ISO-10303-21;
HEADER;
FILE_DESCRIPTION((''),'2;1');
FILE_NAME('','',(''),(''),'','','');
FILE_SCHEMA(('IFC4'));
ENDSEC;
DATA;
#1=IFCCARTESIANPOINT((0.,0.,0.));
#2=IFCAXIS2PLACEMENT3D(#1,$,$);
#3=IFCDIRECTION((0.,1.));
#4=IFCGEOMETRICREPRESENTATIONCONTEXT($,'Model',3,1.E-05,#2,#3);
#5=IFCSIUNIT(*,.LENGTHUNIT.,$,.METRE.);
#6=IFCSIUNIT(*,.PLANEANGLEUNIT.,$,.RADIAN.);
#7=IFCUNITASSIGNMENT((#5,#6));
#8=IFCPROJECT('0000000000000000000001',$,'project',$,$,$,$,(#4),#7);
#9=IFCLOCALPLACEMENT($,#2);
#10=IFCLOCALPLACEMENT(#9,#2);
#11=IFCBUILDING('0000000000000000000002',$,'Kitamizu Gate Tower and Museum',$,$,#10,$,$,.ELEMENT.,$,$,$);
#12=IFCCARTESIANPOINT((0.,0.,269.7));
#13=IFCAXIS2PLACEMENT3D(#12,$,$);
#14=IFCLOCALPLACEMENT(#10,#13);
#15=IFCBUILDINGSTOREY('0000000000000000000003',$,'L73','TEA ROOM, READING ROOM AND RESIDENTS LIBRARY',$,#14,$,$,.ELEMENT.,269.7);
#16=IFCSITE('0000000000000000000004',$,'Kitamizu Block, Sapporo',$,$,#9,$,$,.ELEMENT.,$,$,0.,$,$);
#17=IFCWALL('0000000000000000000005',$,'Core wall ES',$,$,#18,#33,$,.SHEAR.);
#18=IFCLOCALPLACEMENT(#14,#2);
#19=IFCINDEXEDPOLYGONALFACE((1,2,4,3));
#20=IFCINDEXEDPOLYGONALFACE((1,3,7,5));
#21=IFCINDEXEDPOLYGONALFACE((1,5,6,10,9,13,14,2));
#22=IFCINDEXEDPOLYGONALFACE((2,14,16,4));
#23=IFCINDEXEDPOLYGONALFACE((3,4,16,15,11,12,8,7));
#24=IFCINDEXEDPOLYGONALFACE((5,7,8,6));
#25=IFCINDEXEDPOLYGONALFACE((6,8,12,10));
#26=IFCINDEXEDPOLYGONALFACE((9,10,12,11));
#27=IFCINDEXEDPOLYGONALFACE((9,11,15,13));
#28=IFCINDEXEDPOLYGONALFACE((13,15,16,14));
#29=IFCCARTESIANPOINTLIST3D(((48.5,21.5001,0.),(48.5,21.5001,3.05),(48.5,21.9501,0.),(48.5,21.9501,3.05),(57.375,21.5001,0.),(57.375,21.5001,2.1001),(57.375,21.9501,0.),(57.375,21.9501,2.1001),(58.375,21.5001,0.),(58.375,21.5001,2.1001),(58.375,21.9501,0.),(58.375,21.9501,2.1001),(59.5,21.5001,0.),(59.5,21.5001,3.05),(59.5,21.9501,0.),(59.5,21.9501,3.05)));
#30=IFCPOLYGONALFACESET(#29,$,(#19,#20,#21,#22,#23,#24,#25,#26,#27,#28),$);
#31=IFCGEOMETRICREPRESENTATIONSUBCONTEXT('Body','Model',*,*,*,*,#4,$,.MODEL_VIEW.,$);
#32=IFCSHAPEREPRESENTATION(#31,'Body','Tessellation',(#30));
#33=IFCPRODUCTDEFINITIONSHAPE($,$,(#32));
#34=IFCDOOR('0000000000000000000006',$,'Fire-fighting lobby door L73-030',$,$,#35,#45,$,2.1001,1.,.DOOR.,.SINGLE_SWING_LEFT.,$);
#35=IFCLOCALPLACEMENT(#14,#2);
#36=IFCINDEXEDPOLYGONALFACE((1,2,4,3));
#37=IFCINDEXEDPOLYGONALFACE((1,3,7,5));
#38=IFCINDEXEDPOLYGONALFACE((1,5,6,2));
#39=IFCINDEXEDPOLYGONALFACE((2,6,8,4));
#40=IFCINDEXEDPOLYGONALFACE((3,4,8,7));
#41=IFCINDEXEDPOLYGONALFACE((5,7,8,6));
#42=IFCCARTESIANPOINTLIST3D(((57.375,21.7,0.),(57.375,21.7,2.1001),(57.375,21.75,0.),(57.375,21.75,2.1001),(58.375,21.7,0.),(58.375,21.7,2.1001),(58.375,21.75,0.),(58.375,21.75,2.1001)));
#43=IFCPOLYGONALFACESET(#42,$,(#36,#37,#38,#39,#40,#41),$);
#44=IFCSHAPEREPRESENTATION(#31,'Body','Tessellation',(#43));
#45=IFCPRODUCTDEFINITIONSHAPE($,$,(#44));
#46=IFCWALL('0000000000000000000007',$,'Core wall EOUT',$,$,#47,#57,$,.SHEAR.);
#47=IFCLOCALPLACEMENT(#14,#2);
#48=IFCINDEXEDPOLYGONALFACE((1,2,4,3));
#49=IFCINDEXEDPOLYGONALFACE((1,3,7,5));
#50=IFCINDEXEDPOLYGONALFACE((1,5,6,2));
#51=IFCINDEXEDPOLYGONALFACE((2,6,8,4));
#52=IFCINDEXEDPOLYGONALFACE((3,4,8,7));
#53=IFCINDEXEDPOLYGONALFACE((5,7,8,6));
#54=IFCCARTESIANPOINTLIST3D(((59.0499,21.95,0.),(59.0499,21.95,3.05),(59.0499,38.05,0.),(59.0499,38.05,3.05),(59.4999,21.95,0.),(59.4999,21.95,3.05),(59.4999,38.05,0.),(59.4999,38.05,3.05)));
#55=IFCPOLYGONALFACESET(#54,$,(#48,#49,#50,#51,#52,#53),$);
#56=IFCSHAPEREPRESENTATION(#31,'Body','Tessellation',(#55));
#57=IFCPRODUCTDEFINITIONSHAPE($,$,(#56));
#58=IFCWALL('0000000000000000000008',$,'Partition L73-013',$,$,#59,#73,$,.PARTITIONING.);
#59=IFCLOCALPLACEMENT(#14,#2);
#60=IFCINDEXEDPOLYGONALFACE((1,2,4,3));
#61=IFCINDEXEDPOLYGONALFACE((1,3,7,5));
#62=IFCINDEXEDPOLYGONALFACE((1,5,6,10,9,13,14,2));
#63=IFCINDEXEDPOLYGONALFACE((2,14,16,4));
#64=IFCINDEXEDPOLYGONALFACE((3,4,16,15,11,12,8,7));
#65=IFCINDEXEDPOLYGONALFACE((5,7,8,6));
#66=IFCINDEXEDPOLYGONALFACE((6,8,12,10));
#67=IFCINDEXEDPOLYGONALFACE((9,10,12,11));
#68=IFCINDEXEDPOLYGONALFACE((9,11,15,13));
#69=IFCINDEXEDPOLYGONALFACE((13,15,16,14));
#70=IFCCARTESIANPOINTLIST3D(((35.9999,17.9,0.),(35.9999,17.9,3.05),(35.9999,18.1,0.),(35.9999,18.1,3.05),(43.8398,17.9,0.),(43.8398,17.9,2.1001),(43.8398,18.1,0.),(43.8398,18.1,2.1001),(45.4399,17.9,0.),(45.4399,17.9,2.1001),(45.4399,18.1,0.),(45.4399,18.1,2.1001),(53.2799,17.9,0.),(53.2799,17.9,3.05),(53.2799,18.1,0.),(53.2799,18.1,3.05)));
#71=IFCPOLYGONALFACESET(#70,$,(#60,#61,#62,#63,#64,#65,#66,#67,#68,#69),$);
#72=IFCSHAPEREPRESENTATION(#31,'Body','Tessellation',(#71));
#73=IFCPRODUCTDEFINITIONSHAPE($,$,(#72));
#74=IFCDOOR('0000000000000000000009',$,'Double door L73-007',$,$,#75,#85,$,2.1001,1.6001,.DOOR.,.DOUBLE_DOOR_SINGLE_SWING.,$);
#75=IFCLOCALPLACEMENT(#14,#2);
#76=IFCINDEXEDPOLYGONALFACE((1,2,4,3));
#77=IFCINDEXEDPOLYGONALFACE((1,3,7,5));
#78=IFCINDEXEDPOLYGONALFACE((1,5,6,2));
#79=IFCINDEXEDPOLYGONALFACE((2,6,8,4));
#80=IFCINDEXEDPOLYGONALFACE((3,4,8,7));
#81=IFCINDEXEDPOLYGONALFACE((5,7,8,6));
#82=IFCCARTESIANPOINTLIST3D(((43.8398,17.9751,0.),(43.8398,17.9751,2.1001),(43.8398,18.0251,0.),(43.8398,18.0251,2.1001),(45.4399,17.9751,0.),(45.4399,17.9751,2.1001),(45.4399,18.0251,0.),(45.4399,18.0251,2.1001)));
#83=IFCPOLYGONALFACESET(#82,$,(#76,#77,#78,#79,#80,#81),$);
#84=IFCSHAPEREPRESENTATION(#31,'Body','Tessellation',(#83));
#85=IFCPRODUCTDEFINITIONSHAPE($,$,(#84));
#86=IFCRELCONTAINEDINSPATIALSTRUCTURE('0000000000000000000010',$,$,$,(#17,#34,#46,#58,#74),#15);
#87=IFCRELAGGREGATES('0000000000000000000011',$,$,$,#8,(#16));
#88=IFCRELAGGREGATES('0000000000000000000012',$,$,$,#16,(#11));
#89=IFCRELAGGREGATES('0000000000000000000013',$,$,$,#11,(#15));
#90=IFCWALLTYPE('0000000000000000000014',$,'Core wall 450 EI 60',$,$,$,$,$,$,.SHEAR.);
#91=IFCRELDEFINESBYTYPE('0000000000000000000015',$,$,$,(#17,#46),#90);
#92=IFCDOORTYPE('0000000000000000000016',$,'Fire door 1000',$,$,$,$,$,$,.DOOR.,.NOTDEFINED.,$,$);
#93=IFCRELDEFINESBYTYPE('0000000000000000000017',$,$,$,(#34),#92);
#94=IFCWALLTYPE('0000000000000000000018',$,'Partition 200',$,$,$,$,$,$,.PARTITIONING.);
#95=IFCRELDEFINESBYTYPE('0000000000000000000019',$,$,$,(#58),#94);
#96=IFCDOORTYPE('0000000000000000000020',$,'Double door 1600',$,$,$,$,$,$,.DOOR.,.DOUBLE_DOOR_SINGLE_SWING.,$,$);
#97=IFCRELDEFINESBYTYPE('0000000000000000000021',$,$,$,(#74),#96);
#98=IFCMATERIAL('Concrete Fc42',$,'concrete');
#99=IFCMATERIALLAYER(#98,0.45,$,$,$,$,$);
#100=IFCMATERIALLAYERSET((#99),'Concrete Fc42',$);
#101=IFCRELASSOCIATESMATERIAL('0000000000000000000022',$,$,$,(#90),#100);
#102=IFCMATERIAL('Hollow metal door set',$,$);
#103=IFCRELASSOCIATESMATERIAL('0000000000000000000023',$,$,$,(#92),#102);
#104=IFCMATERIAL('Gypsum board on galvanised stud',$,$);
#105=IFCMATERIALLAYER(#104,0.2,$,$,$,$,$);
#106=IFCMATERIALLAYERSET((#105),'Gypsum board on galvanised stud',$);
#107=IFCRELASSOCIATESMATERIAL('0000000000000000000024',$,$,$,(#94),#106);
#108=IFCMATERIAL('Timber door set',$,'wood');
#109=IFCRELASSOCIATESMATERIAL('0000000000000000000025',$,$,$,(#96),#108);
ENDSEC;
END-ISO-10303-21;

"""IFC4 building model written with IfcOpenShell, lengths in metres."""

from ifc_helpers import new_model, si_unit, direction, frame, frame_2d, origin, place, context, subcontext, project, spatial, rectangle, extrude, material, layer, layer_set, type_object, element, fill, save


model = new_model("IFC4")

# Units and contexts
model_context = context("Model", 3, precision=1e-05, world=origin(), true_north=direction((0.0, 1.0)))
body_context = subcontext(model_context, "Body", "Model", "MODEL_VIEW")
ifc_project = project(units=[si_unit("LENGTHUNIT", "METRE"), si_unit("PLANEANGLEUNIT", "RADIAN")], contexts=[model_context])

# Site, building, storey
site_placement = place(None, origin())
site = spatial("IfcSite", under=ifc_project, at=site_placement, Name="Kitamizu Block, Sapporo", CompositionType="ELEMENT", RefElevation=0.0)
building_placement = place(site_placement, origin())
building = spatial("IfcBuilding", under=site, at=building_placement, Name="Kitamizu Gate Tower and Museum", CompositionType="ELEMENT")
storey_placement = place(building_placement, frame((0.0, 0.0, 269.7)))
storey = spatial("IfcBuildingStorey", under=building, at=storey_placement, Name="L73", Description="TEA ROOM, READING ROOM AND RESIDENTS LIBRARY", CompositionType="ELEMENT", Elevation=269.7)

# Wall, opening, door
ifc_material_1 = material(Name="Concrete Fc42", Category="concrete")
ifc_layer_1 = layer(ifc_material_1, 0.45)
ifc_layer_set_1 = layer_set([ifc_layer_1], Name="Concrete Fc42")
wall_type_1 = type_object("IfcWallType", Name="Core wall 450 EI 60", PredefinedType="SHEAR", material=ifc_layer_set_1)
wall_1_placement = place(storey_placement, frame((59.5, 21.7251, 0.0), z_axis=(0.0, 0.0, 1.0), x_axis=(-1.0, 0.0, 0.0)))
wall_1 = element("IfcWall", 1, at=wall_1_placement, inside=storey, type_object=wall_type_1, Name="Core wall ES", PredefinedType="SHEAR", context=body_context, shape_type="SweptSolid", body=[
    extrude(rectangle(XDim=11.0, YDim=0.45, at=frame_2d((5.5, 0.0))), origin(), (0.0, 0.0, 1.0), 3.05),
])
opening_1_placement = place(wall_1_placement, frame((1.125, 0.0, 0.0)))
opening_1 = element("IfcOpeningElement", 2, at=opening_1_placement, cuts=wall_1, PredefinedType="OPENING", context=body_context, shape_type="SweptSolid", body=[
    extrude(rectangle(XDim=1.0, YDim=2.1001, at=frame_2d((0.5, 1.05))), frame((0.0, 0.2349, 0.0), z_axis=(0.0, -1.0, 0.0), x_axis=(1.0, 0.0, 0.0)), (0.0, 0.0, 1.0), 0.47),
])
ifc_material_2 = material(Name="Hollow metal door set")
door_type_1 = type_object("IfcDoorType", Name="Fire door 1000", OperationType="NOTDEFINED", PredefinedType="DOOR", material=ifc_material_2)
door_1_placement = place(opening_1_placement, frame((1.0, 0.0, 0.0), x_axis=(-1.0, 0.0, 0.0)))
door_1 = element("IfcDoor", 3, at=door_1_placement, inside=storey, type_object=door_type_1, Name="Fire-fighting lobby door L73-030", OperationType="SINGLE_SWING_LEFT", OverallHeight=2.1001, OverallWidth=1.0, PredefinedType="DOOR", context=body_context, shape_type="SweptSolid", body=[
    extrude(rectangle(XDim=1.0, YDim=2.1001, at=frame_2d((0.5, 1.05))), frame((0.0, 0.0249, 0.0), z_axis=(0.0, -1.0, 0.0), x_axis=(1.0, 0.0, 0.0)), (0.0, 0.0, 1.0), 0.05),
])
fill(opening_1, door_1)

# Wall
wall_2_placement = place(storey_placement, frame((59.2749, 21.95, 0.0), z_axis=(0.0, 0.0, 1.0), x_axis=(0.0, 1.0, 0.0)))
element("IfcWall", 4, at=wall_2_placement, inside=storey, type_object=wall_type_1, Name="Core wall EOUT", PredefinedType="SHEAR", context=body_context, shape_type="SweptSolid", body=[
    extrude(rectangle(XDim=16.1001, YDim=0.45, at=frame_2d((8.05, 0.0))), origin(), (0.0, 0.0, 1.0), 3.05),
])

# Wall, opening, door
ifc_material_3 = material(Name="Gypsum board on galvanised stud")
ifc_layer_2 = layer(ifc_material_3, 0.2)
ifc_layer_set_2 = layer_set([ifc_layer_2], Name="Gypsum board on galvanised stud")
wall_type_2 = type_object("IfcWallType", Name="Partition 200", PredefinedType="PARTITIONING", material=ifc_layer_set_2)
wall_3_placement = place(storey_placement, frame((53.28, 18.0, 0.0), z_axis=(0.0, 0.0, 1.0), x_axis=(-1.0, 0.0, 0.0)))
wall_3 = element("IfcWall", 5, at=wall_3_placement, inside=storey, type_object=wall_type_2, Name="Partition L73-013", PredefinedType="PARTITIONING", context=body_context, shape_type="SweptSolid", body=[
    extrude(rectangle(XDim=17.28, YDim=0.2, at=frame_2d((8.6401, 0.0))), origin(), (0.0, 0.0, 1.0), 3.05),
])
opening_2_placement = place(wall_3_placement, frame((7.8401, 0.0, 0.0)))
opening_2 = element("IfcOpeningElement", 6, at=opening_2_placement, cuts=wall_3, PredefinedType="OPENING", context=body_context, shape_type="SweptSolid", body=[
    extrude(rectangle(XDim=1.6001, YDim=2.1001, at=frame_2d((0.8, 1.05))), frame((0.0, 0.1099, 0.0), z_axis=(0.0, -1.0, 0.0), x_axis=(1.0, 0.0, 0.0)), (0.0, 0.0, 1.0), 0.22),
])
ifc_material_4 = material(Name="Timber door set", Category="wood")
door_type_2 = type_object("IfcDoorType", Name="Double door 1600", OperationType="DOUBLE_DOOR_SINGLE_SWING", PredefinedType="DOOR", material=ifc_material_4)
door_2_placement = place(opening_2_placement, origin())
door_2 = element("IfcDoor", 7, at=door_2_placement, inside=storey, type_object=door_type_2, Name="Double door L73-007", OperationType="DOUBLE_DOOR_SINGLE_SWING", OverallHeight=2.1001, OverallWidth=1.6001, PredefinedType="DOOR", context=body_context, shape_type="SweptSolid", body=[
    extrude(rectangle(XDim=1.6001, YDim=2.1001, at=frame_2d((0.8, 1.05))), frame((0.0, 0.0249, 0.0), z_axis=(0.0, -1.0, 0.0), x_axis=(1.0, 0.0, 0.0)), (0.0, 0.0, 1.0), 0.05),
])
fill(opening_2, door_2)

save(model, "model.ifc")
